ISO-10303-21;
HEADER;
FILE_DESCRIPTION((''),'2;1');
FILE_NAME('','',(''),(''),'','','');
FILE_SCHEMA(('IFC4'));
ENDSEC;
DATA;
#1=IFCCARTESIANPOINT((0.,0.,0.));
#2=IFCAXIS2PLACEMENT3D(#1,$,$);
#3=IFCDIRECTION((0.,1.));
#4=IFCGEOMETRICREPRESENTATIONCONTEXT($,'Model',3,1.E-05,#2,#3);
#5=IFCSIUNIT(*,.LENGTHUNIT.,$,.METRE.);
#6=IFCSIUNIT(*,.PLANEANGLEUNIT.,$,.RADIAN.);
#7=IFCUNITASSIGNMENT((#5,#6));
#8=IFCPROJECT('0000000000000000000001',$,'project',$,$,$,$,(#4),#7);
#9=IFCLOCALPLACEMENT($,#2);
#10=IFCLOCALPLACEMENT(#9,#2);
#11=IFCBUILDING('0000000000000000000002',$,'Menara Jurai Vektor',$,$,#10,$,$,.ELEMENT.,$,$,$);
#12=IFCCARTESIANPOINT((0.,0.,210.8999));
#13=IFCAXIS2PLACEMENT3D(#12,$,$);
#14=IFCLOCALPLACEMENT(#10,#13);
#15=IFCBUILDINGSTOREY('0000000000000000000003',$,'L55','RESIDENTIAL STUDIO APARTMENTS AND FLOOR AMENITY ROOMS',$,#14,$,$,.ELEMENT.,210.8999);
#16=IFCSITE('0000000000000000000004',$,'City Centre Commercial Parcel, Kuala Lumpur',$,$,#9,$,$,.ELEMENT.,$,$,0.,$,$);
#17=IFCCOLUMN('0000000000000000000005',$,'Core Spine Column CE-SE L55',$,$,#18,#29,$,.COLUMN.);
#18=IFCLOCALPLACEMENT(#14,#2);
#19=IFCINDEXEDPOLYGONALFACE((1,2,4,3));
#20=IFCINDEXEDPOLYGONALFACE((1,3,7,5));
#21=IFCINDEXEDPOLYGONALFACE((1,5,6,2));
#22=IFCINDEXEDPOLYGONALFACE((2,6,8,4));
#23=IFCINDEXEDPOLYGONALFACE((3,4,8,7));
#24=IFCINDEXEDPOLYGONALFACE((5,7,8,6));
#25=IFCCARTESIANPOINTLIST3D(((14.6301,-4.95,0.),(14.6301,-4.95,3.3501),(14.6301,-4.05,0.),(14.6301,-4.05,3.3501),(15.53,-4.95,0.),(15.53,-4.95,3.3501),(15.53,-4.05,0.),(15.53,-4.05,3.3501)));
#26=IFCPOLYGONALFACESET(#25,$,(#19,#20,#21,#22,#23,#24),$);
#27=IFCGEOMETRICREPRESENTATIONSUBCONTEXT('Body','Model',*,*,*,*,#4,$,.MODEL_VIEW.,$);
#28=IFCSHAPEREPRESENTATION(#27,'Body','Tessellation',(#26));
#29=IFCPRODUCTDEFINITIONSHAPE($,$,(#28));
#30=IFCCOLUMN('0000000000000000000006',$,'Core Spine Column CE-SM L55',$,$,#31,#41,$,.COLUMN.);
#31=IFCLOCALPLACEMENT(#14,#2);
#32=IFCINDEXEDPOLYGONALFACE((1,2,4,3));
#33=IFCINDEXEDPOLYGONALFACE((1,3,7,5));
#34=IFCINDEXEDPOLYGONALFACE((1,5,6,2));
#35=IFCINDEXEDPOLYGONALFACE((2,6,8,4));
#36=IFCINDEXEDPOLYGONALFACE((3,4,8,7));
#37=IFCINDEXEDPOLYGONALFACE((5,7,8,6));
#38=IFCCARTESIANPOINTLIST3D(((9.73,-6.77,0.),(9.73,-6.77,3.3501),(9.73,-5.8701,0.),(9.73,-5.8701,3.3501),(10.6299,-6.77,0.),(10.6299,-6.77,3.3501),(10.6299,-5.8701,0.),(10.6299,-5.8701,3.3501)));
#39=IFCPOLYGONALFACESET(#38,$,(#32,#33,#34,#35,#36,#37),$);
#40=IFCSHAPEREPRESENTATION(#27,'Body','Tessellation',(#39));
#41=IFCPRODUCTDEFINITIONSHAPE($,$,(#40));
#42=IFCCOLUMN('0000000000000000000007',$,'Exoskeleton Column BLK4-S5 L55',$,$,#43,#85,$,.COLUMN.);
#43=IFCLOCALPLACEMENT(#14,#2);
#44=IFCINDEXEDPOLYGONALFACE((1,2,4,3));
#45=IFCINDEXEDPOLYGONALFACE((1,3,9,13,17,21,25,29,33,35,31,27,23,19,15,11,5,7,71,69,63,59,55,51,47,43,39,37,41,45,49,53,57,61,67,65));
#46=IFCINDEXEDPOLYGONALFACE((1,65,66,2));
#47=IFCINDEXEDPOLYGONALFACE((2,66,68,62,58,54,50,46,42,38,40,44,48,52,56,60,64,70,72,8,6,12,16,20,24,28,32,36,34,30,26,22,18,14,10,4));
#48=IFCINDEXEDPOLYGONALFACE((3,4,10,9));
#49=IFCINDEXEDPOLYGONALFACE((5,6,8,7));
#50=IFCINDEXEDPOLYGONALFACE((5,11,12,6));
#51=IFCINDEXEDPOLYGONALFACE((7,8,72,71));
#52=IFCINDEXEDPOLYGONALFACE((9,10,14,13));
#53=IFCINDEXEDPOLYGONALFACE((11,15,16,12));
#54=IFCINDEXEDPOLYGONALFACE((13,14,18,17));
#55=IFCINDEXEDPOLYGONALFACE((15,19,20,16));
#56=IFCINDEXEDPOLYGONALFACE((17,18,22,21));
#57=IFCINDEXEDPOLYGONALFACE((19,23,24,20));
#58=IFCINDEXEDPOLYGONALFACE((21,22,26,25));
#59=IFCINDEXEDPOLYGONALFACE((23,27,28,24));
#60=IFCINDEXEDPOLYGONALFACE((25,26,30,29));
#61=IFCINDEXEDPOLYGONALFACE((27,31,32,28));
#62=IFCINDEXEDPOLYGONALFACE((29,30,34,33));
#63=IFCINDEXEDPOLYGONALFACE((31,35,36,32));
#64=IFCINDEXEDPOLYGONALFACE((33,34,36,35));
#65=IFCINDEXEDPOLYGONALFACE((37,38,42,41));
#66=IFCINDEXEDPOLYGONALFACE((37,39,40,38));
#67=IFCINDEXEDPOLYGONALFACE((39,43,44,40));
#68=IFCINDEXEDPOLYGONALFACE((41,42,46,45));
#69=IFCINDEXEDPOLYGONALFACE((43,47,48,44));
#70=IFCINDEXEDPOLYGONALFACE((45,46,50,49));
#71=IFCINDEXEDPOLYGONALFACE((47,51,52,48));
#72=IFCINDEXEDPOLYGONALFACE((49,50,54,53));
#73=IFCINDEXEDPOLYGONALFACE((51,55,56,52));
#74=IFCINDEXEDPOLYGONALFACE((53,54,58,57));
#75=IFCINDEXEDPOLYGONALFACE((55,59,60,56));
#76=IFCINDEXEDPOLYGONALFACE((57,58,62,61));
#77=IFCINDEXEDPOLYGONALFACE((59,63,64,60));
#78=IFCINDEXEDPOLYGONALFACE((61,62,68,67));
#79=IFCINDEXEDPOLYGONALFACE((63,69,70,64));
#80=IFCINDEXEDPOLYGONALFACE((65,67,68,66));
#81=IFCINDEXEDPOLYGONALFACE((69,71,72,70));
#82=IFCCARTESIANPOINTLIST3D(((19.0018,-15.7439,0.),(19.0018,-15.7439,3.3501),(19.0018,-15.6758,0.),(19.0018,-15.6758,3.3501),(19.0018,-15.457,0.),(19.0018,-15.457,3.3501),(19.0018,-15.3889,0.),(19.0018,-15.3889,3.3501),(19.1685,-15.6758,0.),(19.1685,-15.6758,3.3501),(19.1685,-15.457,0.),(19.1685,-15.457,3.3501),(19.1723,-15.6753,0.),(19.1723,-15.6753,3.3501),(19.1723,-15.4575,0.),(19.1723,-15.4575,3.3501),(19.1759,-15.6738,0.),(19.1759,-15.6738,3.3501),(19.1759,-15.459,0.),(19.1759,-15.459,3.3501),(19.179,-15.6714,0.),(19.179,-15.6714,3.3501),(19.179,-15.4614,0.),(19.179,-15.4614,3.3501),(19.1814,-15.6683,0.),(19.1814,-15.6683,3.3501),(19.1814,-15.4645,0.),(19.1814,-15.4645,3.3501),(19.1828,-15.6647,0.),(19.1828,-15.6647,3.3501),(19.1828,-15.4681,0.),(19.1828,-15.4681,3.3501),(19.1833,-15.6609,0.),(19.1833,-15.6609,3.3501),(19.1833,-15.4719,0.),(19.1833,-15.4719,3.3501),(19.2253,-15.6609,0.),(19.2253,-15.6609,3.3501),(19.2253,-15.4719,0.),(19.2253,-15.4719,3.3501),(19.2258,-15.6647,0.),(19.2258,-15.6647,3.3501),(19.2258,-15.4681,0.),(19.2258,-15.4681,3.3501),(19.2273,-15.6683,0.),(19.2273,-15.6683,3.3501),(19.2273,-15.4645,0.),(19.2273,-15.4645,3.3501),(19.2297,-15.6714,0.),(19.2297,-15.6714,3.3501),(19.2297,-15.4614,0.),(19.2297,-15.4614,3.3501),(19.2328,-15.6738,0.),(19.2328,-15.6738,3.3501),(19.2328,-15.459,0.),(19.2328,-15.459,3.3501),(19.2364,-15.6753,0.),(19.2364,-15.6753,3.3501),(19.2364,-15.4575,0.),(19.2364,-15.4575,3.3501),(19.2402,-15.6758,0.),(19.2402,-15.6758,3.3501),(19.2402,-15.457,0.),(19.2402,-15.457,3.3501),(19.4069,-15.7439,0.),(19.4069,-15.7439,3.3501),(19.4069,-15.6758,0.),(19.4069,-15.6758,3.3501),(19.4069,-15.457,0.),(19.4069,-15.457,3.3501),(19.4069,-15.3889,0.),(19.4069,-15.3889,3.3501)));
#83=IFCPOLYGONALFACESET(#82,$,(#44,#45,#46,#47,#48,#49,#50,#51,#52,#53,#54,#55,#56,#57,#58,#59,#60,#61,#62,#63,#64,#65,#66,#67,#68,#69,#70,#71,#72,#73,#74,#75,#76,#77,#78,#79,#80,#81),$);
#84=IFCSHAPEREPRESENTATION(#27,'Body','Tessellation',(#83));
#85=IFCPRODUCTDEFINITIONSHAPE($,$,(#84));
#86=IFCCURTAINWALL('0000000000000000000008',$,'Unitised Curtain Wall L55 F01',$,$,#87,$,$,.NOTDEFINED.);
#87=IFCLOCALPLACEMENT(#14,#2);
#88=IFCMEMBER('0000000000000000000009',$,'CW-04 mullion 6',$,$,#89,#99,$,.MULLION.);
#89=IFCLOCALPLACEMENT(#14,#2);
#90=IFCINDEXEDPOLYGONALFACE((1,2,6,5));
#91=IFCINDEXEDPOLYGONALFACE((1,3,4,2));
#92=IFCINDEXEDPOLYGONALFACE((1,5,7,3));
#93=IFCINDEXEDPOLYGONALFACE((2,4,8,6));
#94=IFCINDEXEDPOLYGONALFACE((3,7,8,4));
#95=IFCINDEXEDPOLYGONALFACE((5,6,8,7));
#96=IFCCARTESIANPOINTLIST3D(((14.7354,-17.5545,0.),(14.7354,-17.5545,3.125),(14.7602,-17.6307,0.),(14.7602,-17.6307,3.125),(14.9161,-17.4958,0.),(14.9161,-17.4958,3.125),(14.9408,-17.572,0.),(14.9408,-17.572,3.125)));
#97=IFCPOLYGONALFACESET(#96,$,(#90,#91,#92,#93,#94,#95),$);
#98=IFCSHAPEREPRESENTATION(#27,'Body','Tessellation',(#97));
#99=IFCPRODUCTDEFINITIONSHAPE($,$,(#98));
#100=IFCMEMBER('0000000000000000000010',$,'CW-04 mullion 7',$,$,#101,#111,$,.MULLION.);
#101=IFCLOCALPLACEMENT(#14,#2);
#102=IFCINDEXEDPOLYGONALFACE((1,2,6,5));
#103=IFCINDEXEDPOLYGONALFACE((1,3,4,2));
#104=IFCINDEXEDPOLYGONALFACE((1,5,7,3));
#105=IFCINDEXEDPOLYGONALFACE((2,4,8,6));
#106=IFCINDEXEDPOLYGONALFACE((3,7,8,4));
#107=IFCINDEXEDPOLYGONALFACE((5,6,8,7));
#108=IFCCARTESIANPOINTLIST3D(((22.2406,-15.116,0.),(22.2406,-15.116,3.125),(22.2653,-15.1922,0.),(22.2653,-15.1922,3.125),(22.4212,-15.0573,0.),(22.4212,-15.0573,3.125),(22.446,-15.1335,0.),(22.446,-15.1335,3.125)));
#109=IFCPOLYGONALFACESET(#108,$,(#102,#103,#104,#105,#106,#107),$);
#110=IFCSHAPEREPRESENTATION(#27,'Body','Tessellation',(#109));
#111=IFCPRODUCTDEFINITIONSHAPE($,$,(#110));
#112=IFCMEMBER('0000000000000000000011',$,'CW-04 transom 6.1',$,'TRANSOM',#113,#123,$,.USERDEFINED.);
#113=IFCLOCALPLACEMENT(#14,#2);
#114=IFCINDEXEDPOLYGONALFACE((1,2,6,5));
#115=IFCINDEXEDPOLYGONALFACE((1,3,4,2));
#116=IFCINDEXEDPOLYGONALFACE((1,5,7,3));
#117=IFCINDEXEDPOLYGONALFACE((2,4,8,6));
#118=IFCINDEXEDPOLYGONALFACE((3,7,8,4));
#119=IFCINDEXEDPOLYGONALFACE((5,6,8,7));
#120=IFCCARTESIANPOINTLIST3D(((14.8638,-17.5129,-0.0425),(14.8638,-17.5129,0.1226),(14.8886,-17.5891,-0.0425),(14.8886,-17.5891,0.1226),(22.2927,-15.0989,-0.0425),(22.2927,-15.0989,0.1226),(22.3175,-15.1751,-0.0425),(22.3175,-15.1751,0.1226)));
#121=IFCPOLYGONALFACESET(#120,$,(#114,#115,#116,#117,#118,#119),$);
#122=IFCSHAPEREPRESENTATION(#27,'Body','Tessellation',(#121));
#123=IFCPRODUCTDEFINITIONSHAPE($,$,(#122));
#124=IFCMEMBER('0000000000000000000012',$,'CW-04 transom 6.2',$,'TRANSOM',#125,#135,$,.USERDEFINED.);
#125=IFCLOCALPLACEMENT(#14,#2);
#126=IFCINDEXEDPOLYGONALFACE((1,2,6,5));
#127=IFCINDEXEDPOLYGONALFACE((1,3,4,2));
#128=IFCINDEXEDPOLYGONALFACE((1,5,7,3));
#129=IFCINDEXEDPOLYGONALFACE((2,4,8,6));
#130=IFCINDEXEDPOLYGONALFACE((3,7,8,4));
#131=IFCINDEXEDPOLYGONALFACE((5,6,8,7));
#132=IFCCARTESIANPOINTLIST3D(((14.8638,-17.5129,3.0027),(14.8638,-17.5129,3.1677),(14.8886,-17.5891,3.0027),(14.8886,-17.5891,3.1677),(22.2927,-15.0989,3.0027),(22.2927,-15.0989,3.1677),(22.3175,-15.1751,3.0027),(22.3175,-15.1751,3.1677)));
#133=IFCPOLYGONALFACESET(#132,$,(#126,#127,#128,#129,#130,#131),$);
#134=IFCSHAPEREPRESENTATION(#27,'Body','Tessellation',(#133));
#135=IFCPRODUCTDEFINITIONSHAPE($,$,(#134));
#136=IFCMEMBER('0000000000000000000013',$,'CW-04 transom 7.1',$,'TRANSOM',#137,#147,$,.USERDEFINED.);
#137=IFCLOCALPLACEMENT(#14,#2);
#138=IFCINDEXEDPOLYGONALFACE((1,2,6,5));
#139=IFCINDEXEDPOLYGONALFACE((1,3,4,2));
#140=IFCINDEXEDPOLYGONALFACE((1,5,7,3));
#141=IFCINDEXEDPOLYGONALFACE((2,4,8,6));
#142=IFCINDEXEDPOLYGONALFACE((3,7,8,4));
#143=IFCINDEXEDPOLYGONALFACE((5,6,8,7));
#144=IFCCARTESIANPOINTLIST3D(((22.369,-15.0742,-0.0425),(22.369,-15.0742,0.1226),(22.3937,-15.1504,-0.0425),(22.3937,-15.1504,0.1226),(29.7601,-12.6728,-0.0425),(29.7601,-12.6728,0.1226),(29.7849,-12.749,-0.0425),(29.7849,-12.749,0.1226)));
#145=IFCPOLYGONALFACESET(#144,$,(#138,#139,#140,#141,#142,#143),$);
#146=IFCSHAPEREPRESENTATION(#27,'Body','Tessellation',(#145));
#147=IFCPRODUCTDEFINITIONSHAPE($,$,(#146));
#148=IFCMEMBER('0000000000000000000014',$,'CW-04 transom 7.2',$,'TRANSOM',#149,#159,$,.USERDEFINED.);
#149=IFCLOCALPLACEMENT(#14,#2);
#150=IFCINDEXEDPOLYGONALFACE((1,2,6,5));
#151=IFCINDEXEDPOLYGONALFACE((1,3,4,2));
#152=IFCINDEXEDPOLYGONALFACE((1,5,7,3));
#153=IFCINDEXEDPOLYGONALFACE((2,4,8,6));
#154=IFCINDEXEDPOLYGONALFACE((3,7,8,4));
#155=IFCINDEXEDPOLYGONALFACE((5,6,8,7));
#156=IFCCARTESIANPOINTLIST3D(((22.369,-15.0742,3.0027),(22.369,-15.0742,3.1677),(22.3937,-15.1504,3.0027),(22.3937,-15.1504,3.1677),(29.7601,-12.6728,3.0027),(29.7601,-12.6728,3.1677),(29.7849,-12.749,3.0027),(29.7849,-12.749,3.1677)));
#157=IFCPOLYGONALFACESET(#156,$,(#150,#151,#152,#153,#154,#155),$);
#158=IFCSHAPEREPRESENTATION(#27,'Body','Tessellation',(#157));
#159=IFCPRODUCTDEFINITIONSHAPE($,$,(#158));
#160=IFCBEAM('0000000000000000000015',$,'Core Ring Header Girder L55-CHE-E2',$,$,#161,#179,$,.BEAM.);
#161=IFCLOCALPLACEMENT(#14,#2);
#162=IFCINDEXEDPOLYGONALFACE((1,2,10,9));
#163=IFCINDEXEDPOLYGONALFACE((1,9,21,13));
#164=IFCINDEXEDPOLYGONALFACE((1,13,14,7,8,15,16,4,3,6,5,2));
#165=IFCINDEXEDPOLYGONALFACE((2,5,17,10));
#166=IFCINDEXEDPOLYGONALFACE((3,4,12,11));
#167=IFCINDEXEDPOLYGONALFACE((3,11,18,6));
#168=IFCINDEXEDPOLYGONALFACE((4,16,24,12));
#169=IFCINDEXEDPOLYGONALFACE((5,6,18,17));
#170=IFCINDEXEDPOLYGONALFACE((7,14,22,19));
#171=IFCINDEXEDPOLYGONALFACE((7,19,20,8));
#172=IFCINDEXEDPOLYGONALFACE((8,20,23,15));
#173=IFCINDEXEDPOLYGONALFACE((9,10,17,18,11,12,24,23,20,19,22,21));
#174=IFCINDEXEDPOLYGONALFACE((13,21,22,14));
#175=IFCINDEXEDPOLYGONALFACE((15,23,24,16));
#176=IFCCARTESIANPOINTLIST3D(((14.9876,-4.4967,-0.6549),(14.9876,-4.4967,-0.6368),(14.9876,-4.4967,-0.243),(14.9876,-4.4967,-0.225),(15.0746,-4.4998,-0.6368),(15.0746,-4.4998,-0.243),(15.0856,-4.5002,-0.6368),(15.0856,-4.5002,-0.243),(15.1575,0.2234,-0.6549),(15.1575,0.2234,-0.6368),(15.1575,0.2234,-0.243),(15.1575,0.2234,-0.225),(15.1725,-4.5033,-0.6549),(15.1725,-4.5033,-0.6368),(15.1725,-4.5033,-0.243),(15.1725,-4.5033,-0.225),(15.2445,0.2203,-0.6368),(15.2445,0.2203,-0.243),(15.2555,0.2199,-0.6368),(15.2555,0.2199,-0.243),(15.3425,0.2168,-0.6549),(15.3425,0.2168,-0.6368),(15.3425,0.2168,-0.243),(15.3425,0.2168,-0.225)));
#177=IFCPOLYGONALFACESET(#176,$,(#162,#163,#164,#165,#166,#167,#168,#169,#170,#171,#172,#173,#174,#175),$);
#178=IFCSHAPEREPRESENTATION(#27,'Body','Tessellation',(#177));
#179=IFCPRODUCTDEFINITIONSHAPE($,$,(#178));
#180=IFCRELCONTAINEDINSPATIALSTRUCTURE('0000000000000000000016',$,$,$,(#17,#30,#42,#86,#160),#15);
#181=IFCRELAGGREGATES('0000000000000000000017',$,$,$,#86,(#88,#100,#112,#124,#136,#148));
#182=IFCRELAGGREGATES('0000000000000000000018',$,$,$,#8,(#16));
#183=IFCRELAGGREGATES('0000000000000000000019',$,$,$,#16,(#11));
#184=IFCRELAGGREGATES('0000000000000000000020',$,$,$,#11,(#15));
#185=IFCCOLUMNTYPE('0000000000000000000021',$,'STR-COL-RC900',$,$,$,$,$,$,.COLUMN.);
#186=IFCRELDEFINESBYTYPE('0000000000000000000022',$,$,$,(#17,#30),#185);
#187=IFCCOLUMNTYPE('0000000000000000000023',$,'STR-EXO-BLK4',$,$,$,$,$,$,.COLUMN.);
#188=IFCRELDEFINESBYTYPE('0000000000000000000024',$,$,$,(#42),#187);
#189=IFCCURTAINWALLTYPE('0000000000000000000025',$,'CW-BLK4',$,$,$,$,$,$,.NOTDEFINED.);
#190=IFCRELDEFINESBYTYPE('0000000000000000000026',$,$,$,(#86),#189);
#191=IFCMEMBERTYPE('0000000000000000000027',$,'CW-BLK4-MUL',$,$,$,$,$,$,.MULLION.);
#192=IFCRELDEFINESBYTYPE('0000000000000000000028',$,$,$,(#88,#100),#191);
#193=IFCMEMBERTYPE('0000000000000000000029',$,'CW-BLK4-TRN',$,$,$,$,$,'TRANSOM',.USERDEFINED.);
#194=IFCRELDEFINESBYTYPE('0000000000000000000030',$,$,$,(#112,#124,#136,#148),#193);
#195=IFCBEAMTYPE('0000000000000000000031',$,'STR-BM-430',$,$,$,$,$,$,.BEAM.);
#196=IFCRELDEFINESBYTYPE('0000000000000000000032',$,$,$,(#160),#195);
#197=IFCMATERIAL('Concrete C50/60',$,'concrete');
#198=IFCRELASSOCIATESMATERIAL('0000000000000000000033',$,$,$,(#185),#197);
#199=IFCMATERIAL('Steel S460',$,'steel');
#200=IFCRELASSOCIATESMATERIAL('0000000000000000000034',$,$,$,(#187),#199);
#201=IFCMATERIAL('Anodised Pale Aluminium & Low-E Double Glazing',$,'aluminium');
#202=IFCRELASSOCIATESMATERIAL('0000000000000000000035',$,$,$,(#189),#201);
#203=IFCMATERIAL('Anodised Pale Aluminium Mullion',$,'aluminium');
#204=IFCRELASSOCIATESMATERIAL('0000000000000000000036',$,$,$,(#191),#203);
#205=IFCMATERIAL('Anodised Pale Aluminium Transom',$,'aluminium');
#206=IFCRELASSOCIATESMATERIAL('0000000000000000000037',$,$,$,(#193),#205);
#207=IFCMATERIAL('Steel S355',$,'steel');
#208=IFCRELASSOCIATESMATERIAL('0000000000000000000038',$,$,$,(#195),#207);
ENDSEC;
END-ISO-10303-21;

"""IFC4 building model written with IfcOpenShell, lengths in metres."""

from ifc_helpers import new_model, si_unit, direction, frame, origin, origin_2d, place, context, subcontext, project, spatial, rectangle, i_section, extrude, material, material_profile, profile_set, type_object, element, aggregate, save


model = new_model("IFC4")

# Units and contexts
model_context = context("Model", 3, precision=1e-05, world=origin(), true_north=direction((0.0, 1.0)))
body_context = subcontext(model_context, "Body", "Model", "MODEL_VIEW")
ifc_project = project(units=[si_unit("LENGTHUNIT", "METRE"), si_unit("PLANEANGLEUNIT", "RADIAN")], contexts=[model_context])

# Site, building, storey
site_placement = place(None, origin())
site = spatial("IfcSite", under=ifc_project, at=site_placement, Name="City Centre Commercial Parcel, Kuala Lumpur", CompositionType="ELEMENT", RefElevation=0.0)
building_placement = place(site_placement, origin())
building = spatial("IfcBuilding", under=site, at=building_placement, Name="Menara Jurai Vektor", CompositionType="ELEMENT")
storey_placement = place(building_placement, frame((0.0, 0.0, 210.8999)))
storey = spatial("IfcBuildingStorey", under=building, at=storey_placement, Name="L55", Description="RESIDENTIAL STUDIO APARTMENTS AND FLOOR AMENITY ROOMS", CompositionType="ELEMENT", Elevation=210.8999)

# Columns
ifc_material_1 = material(Name="Concrete C50/60", Category="concrete")
ifc_material_profile_1 = material_profile(ifc_material_1, rectangle(XDim=0.8999, YDim=0.8999, at=origin_2d()), Name="RC 900x900")
ifc_profile_set_1 = profile_set([ifc_material_profile_1], Name="Concrete C50/60")
column_type_1 = type_object("IfcColumnType", Name="STR-COL-RC900", PredefinedType="COLUMN", material=ifc_profile_set_1)
for number, where, z_axis, x_axis, name in (
    (1, (15.0801, -4.5, 0.0), (0.0, 0.0, 1.0), (1.0, 0.0, 0.0), "Core Spine Column CE-SE L55"),
    (2, (10.1799, -6.3201, 0.0), (0.0, 0.0, 1.0), (1.0, 0.0, 0.0), "Core Spine Column CE-SM L55"),
):
    element("IfcColumn", number, at=place(storey_placement, frame(where, z_axis=z_axis, x_axis=x_axis)), inside=storey, type_object=column_type_1, Name=name, PredefinedType="COLUMN", context=body_context, shape_type="SweptSolid", body=[
        extrude(rectangle(XDim=0.8999, YDim=0.8999, at=origin_2d()), origin(), (0.0, 0.0, 1.0), 3.3501),
    ])
ifc_material_2 = material(Name="Steel S460", Category="steel")
ifc_material_profile_2 = material_profile(ifc_material_2, i_section(OverallWidth=0.405, OverallDepth=0.355, WebThickness=0.042, FlangeThickness=0.0681, FilletRadius=0.0149, at=origin_2d()), Name="HD 400x551")
ifc_profile_set_2 = profile_set([ifc_material_profile_2], Name="Steel S460")
column_type_2 = type_object("IfcColumnType", Name="STR-EXO-BLK4", PredefinedType="COLUMN", material=ifc_profile_set_2)
column_placement = place(storey_placement, frame((19.2043, -15.5664, 0.0), z_axis=(0.0, 0.0, 1.0), x_axis=(1.0, 0.0, 0.0)))
element("IfcColumn", 3, at=column_placement, inside=storey, type_object=column_type_2, Name="Exoskeleton Column BLK4-S5 L55", PredefinedType="COLUMN", context=body_context, shape_type="SweptSolid", body=[
    extrude(i_section(OverallWidth=0.405, OverallDepth=0.355, WebThickness=0.042, FlangeThickness=0.0681, FilletRadius=0.0149, at=origin_2d()), origin(), (0.0, 0.0, 1.0), 3.3501),
])

# Curtain wall, members
ifc_material_3 = material(Name="Anodised Pale Aluminium & Low-E Double Glazing", Category="aluminium")
curtain_wall_type = type_object("IfcCurtainWallType", Name="CW-BLK4", PredefinedType="NOTDEFINED", material=ifc_material_3)
curtain_wall_placement = place(storey_placement, origin())
curtain_wall = element("IfcCurtainWall", 4, at=curtain_wall_placement, inside=storey, type_object=curtain_wall_type, Name="Unitised Curtain Wall L55 F01", PredefinedType="NOTDEFINED")
ifc_material_4 = material(Name="Anodised Pale Aluminium Mullion", Category="aluminium")
ifc_material_profile_3 = material_profile(ifc_material_4, rectangle(XDim=0.0801, YDim=0.1899, at=origin_2d()), Name="ALU MUL 80x190")
ifc_profile_set_3 = profile_set([ifc_material_profile_3], Name="Anodised Pale Aluminium Mullion")
member_type_1 = type_object("IfcMemberType", Name="CW-BLK4-MUL", PredefinedType="MULLION", material=ifc_profile_set_3)
member_1_placement = place(storey_placement, frame((14.8381, -17.5632, 0.0), z_axis=(0.0, 0.0, 1.0), x_axis=(-0.309017, 0.951056, 0.0)))
member_1 = element("IfcMember", 5, at=member_1_placement, type_object=member_type_1, Name="CW-04 mullion 6", PredefinedType="MULLION", context=body_context, shape_type="SweptSolid", body=[
    extrude(rectangle(XDim=0.0801, YDim=0.1899, at=origin_2d()), origin(), (0.0, 0.0, 1.0), 3.125),
])
member_2_placement = place(storey_placement, frame((22.3433, -15.1248, 0.0), z_axis=(0.0, 0.0, 1.0), x_axis=(-0.309017, 0.951056, 0.0)))
member_2 = element("IfcMember", 6, at=member_2_placement, type_object=member_type_1, Name="CW-04 mullion 7", PredefinedType="MULLION", context=body_context, shape_type="SweptSolid", body=[
    extrude(rectangle(XDim=0.0801, YDim=0.1899, at=origin_2d()), origin(), (0.0, 0.0, 1.0), 3.125),
])
ifc_material_5 = material(Name="Anodised Pale Aluminium Transom", Category="aluminium")
ifc_material_profile_4 = material_profile(ifc_material_5, rectangle(XDim=0.0801, YDim=0.165, at=origin_2d()), Name="ALU TRN 80x165")
ifc_profile_set_4 = profile_set([ifc_material_profile_4], Name="Anodised Pale Aluminium Transom")
member_type_2 = type_object("IfcMemberType", Name="CW-BLK4-TRN", ElementType="TRANSOM", PredefinedType="USERDEFINED", material=ifc_profile_set_4)
member_3_placement = place(storey_placement, frame((14.8762, -17.551, 0.04), z_axis=(0.951047, 0.309046, 0.0), x_axis=(-0.309046, 0.951047, 0.0)))
member_3 = element("IfcMember", 7, at=member_3_placement, type_object=member_type_2, Name="CW-04 transom 6.1", ObjectType="TRANSOM", PredefinedType="USERDEFINED", context=body_context, shape_type="SweptSolid", body=[
    extrude(rectangle(XDim=0.0801, YDim=0.165, at=origin_2d()), origin(), (0.0, 0.0, 1.0), 7.8113),
])
member_4_placement = place(storey_placement, frame((14.8762, -17.551, 3.0852), z_axis=(0.951047, 0.309046, 0.0), x_axis=(-0.309046, 0.951047, 0.0)))
member_4 = element("IfcMember", 8, at=member_4_placement, type_object=member_type_2, Name="CW-04 transom 6.2", ObjectType="TRANSOM", PredefinedType="USERDEFINED", context=body_context, shape_type="SweptSolid", body=[
    extrude(rectangle(XDim=0.0801, YDim=0.165, at=origin_2d()), origin(), (0.0, 0.0, 1.0), 7.8113),
])
member_5_placement = place(storey_placement, frame((22.3813, -15.1123, 0.04), z_axis=(0.951062, 0.308999, 0.0), x_axis=(-0.308999, 0.951062, 0.0)))
member_5 = element("IfcMember", 9, at=member_5_placement, type_object=member_type_2, Name="CW-04 transom 7.1", ObjectType="TRANSOM", PredefinedType="USERDEFINED", context=body_context, shape_type="SweptSolid", body=[
    extrude(rectangle(XDim=0.0801, YDim=0.165, at=origin_2d()), origin(), (0.0, 0.0, 1.0), 7.7715),
])
member_6_placement = place(storey_placement, frame((22.3813, -15.1123, 3.0852), z_axis=(0.951062, 0.308999, 0.0), x_axis=(-0.308999, 0.951062, 0.0)))
member_6 = element("IfcMember", 10, at=member_6_placement, type_object=member_type_2, Name="CW-04 transom 7.2", ObjectType="TRANSOM", PredefinedType="USERDEFINED", context=body_context, shape_type="SweptSolid", body=[
    extrude(rectangle(XDim=0.0801, YDim=0.165, at=origin_2d()), origin(), (0.0, 0.0, 1.0), 7.7715),
])

# Beam
ifc_material_6 = material(Name="Steel S355", Category="steel")
ifc_material_profile_5 = material_profile(ifc_material_6, i_section(OverallWidth=0.1851, OverallDepth=0.4299, WebThickness=0.011, FlangeThickness=0.0181, at=origin_2d()), Name="PG 430x185x76")
ifc_profile_set_5 = profile_set([ifc_material_profile_5], Name="Steel S355")
beam_type_1 = type_object("IfcBeamType", Name="STR-BM-430", PredefinedType="BEAM", material=ifc_profile_set_5)
beam_1_placement = place(storey_placement, frame((15.0801, -4.5, -0.4399), z_axis=(0.035977, 0.999353, 0.0), x_axis=(-0.999353, 0.035977, 0.0)))
element("IfcBeam", 11, at=beam_1_placement, inside=storey, type_object=beam_type_1, Name="Core Ring Header Girder L55-CHE-E2", PredefinedType="BEAM", context=body_context, shape_type="SweptSolid", body=[
    extrude(i_section(OverallWidth=0.1851, OverallDepth=0.4299, WebThickness=0.011, FlangeThickness=0.0181, at=origin_2d()), origin(), (0.0, 0.0, 1.0), 4.7231),
])

aggregate(curtain_wall, [member_1, member_2, member_3, member_4, member_5, member_6])

save(model, "model.ifc")
